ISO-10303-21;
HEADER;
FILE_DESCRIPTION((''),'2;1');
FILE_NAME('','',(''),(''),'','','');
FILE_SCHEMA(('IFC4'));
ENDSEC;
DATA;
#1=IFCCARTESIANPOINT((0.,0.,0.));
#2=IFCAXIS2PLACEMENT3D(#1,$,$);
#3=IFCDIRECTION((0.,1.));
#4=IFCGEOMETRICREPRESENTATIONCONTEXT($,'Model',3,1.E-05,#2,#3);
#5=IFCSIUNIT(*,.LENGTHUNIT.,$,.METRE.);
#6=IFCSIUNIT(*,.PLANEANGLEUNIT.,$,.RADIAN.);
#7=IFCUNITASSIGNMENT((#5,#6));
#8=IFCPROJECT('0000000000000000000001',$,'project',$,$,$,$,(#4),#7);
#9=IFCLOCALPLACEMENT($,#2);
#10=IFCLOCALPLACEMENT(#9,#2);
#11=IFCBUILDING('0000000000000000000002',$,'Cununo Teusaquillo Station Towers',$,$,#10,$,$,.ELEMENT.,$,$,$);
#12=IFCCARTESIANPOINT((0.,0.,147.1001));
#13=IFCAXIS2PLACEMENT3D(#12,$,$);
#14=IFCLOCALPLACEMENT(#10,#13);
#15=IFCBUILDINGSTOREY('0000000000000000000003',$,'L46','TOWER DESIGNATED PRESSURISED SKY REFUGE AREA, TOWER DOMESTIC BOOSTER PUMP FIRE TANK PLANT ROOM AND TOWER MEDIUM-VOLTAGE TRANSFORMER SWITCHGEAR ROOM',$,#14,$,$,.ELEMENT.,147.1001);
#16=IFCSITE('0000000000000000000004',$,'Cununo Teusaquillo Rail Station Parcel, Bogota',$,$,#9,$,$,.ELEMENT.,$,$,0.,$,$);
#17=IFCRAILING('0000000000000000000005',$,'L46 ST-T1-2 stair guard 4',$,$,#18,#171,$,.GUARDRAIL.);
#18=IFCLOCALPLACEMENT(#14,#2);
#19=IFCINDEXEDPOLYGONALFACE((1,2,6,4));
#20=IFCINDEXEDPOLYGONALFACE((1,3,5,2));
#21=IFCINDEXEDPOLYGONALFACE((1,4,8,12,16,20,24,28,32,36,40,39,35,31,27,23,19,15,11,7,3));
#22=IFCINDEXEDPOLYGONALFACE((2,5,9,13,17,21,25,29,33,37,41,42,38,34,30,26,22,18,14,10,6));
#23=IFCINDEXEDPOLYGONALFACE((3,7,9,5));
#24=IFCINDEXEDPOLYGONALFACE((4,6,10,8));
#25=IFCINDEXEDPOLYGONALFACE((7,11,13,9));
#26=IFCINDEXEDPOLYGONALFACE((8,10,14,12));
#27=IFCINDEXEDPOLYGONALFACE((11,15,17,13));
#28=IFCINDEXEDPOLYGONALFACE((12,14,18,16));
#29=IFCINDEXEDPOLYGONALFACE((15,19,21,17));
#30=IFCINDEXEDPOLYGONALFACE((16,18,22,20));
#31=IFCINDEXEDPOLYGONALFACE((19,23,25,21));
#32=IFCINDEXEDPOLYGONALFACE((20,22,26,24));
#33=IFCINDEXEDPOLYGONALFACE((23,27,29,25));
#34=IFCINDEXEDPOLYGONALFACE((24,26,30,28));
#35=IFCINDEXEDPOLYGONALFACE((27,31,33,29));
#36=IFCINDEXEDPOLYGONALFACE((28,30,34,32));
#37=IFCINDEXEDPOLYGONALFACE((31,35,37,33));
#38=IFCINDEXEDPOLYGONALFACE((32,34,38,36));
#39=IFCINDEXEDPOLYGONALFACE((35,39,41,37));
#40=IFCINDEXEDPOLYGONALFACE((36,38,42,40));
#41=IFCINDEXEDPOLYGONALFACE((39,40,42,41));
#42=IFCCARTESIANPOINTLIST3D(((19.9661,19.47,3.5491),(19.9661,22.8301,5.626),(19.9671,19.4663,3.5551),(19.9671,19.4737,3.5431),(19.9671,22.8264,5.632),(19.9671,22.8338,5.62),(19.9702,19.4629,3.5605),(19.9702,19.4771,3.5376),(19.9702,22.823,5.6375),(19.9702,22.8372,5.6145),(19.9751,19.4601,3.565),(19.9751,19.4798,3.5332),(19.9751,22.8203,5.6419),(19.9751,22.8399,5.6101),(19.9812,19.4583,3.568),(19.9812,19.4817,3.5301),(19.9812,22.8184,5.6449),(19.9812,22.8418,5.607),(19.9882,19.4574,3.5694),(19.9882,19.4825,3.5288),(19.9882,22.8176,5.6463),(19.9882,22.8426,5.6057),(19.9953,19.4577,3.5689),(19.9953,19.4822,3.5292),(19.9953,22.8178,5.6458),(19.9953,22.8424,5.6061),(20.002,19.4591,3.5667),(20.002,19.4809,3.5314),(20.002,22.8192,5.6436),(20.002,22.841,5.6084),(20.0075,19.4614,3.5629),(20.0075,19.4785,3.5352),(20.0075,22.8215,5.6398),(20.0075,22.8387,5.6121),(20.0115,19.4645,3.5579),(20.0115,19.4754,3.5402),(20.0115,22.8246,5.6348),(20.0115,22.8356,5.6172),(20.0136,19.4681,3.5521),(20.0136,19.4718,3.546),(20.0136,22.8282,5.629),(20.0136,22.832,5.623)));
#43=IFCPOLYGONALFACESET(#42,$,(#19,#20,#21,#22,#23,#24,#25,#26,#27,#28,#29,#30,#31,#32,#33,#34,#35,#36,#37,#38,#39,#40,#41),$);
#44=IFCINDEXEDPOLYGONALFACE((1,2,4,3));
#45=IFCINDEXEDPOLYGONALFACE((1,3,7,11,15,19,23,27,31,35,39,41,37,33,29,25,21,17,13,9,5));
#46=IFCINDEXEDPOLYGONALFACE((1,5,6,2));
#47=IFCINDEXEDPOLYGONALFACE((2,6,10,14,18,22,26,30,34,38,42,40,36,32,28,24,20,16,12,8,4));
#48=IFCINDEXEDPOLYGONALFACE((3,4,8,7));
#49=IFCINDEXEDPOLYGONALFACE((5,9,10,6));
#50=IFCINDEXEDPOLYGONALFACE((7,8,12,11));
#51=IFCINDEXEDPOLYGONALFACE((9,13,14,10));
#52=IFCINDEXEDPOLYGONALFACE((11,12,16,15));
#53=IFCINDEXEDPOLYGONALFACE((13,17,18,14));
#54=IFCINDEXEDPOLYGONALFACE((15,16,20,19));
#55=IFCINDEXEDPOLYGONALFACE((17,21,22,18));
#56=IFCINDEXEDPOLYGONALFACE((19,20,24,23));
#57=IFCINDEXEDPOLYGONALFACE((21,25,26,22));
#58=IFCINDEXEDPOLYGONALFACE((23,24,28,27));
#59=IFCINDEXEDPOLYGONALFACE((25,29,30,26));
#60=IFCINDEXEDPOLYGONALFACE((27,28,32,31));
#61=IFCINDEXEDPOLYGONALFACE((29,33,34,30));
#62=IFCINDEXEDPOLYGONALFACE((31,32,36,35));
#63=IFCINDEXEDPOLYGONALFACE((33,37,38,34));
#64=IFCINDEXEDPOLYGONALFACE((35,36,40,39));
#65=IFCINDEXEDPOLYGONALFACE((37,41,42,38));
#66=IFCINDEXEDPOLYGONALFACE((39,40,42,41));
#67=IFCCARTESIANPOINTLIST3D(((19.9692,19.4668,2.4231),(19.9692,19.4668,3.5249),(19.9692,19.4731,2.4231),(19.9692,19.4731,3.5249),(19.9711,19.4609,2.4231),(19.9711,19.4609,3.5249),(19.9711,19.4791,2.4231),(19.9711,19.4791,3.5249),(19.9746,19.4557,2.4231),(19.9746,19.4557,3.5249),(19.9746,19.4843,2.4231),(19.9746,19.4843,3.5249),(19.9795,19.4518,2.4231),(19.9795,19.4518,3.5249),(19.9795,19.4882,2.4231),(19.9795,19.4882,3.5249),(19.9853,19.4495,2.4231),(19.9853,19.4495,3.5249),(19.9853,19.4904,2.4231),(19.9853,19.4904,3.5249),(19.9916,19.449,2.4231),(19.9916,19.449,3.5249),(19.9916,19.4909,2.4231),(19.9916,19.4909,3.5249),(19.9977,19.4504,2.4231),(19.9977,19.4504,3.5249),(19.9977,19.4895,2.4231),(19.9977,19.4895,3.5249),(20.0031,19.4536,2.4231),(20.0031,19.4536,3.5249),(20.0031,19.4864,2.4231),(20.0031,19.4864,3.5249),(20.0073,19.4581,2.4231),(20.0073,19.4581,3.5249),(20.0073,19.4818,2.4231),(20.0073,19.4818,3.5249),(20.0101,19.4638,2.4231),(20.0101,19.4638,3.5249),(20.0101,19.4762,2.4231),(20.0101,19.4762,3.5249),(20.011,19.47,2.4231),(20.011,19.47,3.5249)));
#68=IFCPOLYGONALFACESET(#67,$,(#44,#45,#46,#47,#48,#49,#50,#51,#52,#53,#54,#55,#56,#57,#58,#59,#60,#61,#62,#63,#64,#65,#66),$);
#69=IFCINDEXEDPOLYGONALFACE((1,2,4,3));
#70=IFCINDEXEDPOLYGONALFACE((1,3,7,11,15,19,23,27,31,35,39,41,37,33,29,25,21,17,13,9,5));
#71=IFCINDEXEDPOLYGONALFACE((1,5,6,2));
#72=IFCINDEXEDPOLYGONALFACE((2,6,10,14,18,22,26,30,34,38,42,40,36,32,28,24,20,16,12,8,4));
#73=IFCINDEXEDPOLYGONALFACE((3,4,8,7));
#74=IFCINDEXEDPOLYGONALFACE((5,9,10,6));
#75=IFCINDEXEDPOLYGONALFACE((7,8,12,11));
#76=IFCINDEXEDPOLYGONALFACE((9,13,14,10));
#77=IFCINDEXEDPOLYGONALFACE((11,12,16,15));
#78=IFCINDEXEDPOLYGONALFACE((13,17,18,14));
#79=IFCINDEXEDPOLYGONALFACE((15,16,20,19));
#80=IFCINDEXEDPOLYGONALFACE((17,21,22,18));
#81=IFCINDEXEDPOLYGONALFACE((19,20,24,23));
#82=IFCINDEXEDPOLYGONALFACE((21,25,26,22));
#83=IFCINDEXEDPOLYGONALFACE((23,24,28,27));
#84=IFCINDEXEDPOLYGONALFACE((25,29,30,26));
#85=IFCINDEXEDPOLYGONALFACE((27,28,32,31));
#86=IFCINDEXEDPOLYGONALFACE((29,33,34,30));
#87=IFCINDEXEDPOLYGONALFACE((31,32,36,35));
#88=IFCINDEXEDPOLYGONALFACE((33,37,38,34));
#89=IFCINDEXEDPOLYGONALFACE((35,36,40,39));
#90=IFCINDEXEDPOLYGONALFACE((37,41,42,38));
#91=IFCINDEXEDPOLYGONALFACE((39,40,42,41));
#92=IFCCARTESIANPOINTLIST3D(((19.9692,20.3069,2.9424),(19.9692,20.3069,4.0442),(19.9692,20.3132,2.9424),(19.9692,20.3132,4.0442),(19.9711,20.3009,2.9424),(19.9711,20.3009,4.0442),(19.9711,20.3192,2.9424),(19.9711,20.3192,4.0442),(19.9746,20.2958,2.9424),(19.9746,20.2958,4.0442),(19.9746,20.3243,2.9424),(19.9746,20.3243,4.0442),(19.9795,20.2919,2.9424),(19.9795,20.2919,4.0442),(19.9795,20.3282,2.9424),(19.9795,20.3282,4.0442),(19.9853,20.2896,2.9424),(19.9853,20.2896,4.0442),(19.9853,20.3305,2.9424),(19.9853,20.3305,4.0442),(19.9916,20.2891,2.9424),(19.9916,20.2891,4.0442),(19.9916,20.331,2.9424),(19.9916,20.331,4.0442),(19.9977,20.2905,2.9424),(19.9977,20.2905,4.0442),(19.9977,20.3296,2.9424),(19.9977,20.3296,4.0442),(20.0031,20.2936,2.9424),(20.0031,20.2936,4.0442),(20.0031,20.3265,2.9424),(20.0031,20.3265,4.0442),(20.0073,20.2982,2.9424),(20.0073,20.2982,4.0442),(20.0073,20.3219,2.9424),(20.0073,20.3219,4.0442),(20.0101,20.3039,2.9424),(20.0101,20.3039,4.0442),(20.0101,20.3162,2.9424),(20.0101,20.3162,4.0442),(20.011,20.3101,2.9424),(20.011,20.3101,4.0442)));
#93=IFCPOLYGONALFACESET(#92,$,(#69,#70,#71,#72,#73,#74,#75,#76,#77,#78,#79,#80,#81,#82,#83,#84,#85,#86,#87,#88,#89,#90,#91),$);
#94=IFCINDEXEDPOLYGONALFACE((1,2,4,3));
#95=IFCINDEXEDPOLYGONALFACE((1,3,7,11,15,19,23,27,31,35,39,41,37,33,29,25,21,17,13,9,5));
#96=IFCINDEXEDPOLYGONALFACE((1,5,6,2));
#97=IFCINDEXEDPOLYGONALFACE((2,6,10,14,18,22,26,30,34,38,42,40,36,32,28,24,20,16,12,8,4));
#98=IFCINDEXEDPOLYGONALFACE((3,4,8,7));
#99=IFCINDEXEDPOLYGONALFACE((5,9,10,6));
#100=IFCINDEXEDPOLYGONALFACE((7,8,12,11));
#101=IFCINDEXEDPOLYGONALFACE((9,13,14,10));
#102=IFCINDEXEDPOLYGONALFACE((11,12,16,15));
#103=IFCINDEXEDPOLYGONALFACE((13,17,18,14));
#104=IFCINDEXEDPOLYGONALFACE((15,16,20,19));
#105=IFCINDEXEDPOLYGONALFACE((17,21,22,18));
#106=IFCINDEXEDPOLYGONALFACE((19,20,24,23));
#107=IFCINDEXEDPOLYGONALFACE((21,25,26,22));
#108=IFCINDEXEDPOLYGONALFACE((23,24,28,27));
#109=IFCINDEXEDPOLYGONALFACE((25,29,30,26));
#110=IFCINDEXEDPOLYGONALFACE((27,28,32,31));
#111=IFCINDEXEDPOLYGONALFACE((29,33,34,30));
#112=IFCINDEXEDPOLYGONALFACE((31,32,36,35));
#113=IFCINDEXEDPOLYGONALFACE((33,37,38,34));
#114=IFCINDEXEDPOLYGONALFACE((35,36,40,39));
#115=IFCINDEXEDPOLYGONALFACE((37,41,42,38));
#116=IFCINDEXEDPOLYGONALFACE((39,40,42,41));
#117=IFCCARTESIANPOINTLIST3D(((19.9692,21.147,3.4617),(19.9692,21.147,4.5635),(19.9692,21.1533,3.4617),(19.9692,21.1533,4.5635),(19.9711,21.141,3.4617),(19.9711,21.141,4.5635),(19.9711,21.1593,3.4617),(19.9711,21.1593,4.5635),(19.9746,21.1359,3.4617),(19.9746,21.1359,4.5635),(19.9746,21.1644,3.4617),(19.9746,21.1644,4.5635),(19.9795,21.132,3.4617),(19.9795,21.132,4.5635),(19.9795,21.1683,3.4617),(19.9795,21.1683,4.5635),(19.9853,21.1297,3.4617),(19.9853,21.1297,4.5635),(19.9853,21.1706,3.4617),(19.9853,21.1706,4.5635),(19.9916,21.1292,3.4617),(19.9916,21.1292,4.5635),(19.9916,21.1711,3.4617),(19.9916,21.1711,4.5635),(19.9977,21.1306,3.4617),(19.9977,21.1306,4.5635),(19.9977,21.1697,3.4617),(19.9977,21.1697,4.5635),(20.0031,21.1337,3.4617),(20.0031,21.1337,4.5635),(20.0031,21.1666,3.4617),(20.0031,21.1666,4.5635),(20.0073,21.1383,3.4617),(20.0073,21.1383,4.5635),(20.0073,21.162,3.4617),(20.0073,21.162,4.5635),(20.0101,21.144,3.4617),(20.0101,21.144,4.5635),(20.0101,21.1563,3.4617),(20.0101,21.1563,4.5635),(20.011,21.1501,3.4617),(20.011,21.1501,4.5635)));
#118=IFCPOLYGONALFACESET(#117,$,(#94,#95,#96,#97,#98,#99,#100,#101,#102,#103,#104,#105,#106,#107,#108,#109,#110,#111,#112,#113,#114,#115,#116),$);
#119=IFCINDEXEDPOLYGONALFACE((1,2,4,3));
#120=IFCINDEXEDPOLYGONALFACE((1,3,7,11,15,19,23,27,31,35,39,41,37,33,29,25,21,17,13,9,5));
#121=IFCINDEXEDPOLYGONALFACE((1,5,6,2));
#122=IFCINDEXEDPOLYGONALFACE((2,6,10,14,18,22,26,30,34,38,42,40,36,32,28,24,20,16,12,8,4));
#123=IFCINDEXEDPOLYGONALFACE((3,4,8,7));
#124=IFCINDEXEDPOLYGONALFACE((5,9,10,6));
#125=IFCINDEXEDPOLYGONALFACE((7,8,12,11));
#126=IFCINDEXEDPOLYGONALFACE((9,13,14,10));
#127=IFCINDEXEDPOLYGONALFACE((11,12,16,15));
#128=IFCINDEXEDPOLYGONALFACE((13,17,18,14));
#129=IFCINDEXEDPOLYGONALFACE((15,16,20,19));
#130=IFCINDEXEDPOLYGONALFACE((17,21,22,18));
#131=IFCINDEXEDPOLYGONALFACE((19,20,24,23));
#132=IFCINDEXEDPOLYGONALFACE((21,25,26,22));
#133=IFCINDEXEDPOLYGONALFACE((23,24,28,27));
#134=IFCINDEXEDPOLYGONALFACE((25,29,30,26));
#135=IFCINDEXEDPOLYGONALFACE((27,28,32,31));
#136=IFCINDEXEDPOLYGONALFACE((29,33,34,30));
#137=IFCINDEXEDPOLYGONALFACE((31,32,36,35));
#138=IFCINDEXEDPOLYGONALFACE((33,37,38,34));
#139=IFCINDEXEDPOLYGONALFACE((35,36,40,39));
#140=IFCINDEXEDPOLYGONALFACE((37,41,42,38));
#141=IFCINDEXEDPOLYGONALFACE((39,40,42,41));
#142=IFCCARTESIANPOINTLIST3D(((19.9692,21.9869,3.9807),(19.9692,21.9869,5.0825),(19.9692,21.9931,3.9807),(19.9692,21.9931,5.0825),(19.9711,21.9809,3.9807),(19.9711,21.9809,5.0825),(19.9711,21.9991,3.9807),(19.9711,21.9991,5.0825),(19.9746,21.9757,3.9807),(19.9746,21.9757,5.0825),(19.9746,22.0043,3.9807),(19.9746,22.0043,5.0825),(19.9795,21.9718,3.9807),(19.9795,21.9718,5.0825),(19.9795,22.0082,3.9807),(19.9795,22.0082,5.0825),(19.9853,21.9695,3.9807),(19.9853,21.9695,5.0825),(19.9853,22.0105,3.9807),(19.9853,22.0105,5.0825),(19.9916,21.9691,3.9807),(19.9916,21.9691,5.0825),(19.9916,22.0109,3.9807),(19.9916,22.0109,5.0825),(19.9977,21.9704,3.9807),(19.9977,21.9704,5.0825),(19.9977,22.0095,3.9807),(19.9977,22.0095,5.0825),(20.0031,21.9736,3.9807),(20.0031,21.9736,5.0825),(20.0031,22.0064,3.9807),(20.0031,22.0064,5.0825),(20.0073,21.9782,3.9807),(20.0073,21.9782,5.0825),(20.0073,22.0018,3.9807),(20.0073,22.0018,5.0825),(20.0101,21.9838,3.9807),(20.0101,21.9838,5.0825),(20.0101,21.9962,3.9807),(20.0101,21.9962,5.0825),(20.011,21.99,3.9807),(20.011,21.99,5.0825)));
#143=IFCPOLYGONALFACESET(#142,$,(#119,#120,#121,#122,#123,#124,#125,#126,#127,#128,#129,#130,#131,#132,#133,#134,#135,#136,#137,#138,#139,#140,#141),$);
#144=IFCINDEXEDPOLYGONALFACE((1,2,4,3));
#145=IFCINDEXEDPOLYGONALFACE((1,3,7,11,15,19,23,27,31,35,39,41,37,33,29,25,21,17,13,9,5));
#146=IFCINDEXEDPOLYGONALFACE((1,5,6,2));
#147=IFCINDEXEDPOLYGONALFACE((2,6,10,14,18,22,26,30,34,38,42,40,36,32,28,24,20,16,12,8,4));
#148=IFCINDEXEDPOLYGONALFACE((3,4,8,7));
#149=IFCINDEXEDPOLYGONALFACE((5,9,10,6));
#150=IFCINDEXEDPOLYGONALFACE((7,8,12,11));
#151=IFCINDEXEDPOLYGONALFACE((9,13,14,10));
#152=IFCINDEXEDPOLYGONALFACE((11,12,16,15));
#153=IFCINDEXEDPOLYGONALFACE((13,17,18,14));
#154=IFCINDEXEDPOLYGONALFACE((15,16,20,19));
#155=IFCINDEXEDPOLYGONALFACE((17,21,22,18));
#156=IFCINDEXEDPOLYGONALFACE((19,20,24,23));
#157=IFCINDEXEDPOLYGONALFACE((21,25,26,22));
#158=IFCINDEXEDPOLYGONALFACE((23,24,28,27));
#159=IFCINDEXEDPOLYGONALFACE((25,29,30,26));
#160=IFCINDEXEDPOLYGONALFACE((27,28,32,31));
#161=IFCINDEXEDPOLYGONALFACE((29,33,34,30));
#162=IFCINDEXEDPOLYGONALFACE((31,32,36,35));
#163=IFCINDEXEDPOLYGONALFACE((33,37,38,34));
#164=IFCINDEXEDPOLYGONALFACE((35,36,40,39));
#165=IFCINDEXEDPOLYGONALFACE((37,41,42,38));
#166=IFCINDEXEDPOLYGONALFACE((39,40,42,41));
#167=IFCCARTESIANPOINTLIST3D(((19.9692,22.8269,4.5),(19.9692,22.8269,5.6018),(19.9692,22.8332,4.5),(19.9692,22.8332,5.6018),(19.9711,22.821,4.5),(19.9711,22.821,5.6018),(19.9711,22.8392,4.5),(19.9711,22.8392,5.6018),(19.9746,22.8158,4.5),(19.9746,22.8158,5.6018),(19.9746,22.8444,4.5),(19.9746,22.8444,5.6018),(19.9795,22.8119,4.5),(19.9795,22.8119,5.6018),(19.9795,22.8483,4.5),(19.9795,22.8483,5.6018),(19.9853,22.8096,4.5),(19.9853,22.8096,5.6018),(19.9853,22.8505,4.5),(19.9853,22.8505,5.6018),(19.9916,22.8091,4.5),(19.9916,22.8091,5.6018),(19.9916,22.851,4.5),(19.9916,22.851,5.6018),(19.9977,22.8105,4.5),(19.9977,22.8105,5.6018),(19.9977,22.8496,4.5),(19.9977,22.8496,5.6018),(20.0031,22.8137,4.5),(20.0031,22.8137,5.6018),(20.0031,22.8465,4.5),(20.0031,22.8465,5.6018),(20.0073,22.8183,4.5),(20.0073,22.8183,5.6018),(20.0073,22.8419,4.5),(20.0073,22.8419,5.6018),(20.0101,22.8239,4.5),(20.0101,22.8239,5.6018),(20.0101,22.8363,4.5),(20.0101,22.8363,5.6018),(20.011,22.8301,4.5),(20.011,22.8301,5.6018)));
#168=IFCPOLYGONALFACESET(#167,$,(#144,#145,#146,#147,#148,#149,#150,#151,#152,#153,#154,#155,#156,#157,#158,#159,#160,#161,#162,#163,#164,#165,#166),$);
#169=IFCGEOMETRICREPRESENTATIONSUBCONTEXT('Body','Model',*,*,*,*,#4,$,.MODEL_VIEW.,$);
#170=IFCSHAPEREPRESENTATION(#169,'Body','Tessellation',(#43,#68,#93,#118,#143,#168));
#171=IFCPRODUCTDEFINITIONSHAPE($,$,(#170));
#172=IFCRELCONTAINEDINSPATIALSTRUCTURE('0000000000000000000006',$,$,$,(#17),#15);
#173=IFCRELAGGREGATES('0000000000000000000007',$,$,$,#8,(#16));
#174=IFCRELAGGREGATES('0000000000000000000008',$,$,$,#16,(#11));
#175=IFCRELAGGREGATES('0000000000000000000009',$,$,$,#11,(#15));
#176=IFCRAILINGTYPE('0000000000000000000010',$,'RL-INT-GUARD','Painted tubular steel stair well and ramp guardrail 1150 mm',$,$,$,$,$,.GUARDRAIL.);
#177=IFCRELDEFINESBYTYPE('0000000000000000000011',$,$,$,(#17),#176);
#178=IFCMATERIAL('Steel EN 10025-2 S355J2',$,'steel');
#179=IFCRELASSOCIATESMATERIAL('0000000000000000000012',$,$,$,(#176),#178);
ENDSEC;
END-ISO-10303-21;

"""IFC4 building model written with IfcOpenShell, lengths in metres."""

from ifc_helpers import new_model, si_unit, direction, frame, origin, origin_2d, place, context, subcontext, project, spatial, circle, extrude, material, type_object, element, save


model = new_model("IFC4")

# Units and contexts
model_context = context("Model", 3, precision=1e-05, world=origin(), true_north=direction((0.0, 1.0)))
body_context = subcontext(model_context, "Body", "Model", "MODEL_VIEW")
ifc_project = project(units=[si_unit("LENGTHUNIT", "METRE"), si_unit("PLANEANGLEUNIT", "RADIAN")], contexts=[model_context])

# Site, building, storey
site_placement = place(None, origin())
site = spatial("IfcSite", under=ifc_project, at=site_placement, Name="Cununo Teusaquillo Rail Station Parcel, Bogota", CompositionType="ELEMENT", RefElevation=0.0)
building_placement = place(site_placement, origin())
building = spatial("IfcBuilding", under=site, at=building_placement, Name="Cununo Teusaquillo Station Towers", CompositionType="ELEMENT")
storey_placement = place(building_placement, frame((0.0, 0.0, 147.1001)))
storey = spatial("IfcBuildingStorey", under=building, at=storey_placement, Name="L46", Description="TOWER DESIGNATED PRESSURISED SKY REFUGE AREA, TOWER DOMESTIC BOOSTER PUMP FIRE TANK PLANT ROOM AND TOWER MEDIUM-VOLTAGE TRANSFORMER SWITCHGEAR ROOM", CompositionType="ELEMENT", Elevation=147.1001)

# Railing
ifc_material_1 = material(Name="Steel EN 10025-2 S355J2", Category="steel")
railing_type_1 = type_object("IfcRailingType", Name="RL-INT-GUARD", Description="Painted tubular steel stair well and ramp guardrail 1150 mm", PredefinedType="GUARDRAIL", material=ifc_material_1)
railing_1_placement = place(storey_placement, frame((19.99, 19.47, 2.4231)))
element("IfcRailing", 1, at=railing_1_placement, inside=storey, type_object=railing_type_1, Name="L46 ST-T1-2 stair guard 4", PredefinedType="GUARDRAIL", context=body_context, shape_type="SweptSolid", body=[
    extrude(circle(Radius=0.0239, at=origin_2d()), frame((0.0, 0.0, 1.126), z_axis=(0.0, 0.850623, 0.525776), x_axis=(-1.0, 0.0, 0.0)), (0.0, 0.0, 1.0), 3.9502),
    extrude(circle(Radius=0.021, at=origin_2d()), origin(), (0.0, 0.0, 1.0), 1.1018),
    extrude(circle(Radius=0.021, at=origin_2d()), frame((0.0, 0.8401, 0.5193)), (0.0, 0.0, 1.0), 1.1018),
    extrude(circle(Radius=0.021, at=origin_2d()), frame((0.0, 1.6802, 1.0386)), (0.0, 0.0, 1.0), 1.1018),
    extrude(circle(Radius=0.021, at=origin_2d()), frame((0.0, 2.52, 1.5576)), (0.0, 0.0, 1.0), 1.1018),
    extrude(circle(Radius=0.021, at=origin_2d()), frame((0.0, 3.3601, 2.0769)), (0.0, 0.0, 1.0), 1.1018),
])

save(model, "model.ifc")
